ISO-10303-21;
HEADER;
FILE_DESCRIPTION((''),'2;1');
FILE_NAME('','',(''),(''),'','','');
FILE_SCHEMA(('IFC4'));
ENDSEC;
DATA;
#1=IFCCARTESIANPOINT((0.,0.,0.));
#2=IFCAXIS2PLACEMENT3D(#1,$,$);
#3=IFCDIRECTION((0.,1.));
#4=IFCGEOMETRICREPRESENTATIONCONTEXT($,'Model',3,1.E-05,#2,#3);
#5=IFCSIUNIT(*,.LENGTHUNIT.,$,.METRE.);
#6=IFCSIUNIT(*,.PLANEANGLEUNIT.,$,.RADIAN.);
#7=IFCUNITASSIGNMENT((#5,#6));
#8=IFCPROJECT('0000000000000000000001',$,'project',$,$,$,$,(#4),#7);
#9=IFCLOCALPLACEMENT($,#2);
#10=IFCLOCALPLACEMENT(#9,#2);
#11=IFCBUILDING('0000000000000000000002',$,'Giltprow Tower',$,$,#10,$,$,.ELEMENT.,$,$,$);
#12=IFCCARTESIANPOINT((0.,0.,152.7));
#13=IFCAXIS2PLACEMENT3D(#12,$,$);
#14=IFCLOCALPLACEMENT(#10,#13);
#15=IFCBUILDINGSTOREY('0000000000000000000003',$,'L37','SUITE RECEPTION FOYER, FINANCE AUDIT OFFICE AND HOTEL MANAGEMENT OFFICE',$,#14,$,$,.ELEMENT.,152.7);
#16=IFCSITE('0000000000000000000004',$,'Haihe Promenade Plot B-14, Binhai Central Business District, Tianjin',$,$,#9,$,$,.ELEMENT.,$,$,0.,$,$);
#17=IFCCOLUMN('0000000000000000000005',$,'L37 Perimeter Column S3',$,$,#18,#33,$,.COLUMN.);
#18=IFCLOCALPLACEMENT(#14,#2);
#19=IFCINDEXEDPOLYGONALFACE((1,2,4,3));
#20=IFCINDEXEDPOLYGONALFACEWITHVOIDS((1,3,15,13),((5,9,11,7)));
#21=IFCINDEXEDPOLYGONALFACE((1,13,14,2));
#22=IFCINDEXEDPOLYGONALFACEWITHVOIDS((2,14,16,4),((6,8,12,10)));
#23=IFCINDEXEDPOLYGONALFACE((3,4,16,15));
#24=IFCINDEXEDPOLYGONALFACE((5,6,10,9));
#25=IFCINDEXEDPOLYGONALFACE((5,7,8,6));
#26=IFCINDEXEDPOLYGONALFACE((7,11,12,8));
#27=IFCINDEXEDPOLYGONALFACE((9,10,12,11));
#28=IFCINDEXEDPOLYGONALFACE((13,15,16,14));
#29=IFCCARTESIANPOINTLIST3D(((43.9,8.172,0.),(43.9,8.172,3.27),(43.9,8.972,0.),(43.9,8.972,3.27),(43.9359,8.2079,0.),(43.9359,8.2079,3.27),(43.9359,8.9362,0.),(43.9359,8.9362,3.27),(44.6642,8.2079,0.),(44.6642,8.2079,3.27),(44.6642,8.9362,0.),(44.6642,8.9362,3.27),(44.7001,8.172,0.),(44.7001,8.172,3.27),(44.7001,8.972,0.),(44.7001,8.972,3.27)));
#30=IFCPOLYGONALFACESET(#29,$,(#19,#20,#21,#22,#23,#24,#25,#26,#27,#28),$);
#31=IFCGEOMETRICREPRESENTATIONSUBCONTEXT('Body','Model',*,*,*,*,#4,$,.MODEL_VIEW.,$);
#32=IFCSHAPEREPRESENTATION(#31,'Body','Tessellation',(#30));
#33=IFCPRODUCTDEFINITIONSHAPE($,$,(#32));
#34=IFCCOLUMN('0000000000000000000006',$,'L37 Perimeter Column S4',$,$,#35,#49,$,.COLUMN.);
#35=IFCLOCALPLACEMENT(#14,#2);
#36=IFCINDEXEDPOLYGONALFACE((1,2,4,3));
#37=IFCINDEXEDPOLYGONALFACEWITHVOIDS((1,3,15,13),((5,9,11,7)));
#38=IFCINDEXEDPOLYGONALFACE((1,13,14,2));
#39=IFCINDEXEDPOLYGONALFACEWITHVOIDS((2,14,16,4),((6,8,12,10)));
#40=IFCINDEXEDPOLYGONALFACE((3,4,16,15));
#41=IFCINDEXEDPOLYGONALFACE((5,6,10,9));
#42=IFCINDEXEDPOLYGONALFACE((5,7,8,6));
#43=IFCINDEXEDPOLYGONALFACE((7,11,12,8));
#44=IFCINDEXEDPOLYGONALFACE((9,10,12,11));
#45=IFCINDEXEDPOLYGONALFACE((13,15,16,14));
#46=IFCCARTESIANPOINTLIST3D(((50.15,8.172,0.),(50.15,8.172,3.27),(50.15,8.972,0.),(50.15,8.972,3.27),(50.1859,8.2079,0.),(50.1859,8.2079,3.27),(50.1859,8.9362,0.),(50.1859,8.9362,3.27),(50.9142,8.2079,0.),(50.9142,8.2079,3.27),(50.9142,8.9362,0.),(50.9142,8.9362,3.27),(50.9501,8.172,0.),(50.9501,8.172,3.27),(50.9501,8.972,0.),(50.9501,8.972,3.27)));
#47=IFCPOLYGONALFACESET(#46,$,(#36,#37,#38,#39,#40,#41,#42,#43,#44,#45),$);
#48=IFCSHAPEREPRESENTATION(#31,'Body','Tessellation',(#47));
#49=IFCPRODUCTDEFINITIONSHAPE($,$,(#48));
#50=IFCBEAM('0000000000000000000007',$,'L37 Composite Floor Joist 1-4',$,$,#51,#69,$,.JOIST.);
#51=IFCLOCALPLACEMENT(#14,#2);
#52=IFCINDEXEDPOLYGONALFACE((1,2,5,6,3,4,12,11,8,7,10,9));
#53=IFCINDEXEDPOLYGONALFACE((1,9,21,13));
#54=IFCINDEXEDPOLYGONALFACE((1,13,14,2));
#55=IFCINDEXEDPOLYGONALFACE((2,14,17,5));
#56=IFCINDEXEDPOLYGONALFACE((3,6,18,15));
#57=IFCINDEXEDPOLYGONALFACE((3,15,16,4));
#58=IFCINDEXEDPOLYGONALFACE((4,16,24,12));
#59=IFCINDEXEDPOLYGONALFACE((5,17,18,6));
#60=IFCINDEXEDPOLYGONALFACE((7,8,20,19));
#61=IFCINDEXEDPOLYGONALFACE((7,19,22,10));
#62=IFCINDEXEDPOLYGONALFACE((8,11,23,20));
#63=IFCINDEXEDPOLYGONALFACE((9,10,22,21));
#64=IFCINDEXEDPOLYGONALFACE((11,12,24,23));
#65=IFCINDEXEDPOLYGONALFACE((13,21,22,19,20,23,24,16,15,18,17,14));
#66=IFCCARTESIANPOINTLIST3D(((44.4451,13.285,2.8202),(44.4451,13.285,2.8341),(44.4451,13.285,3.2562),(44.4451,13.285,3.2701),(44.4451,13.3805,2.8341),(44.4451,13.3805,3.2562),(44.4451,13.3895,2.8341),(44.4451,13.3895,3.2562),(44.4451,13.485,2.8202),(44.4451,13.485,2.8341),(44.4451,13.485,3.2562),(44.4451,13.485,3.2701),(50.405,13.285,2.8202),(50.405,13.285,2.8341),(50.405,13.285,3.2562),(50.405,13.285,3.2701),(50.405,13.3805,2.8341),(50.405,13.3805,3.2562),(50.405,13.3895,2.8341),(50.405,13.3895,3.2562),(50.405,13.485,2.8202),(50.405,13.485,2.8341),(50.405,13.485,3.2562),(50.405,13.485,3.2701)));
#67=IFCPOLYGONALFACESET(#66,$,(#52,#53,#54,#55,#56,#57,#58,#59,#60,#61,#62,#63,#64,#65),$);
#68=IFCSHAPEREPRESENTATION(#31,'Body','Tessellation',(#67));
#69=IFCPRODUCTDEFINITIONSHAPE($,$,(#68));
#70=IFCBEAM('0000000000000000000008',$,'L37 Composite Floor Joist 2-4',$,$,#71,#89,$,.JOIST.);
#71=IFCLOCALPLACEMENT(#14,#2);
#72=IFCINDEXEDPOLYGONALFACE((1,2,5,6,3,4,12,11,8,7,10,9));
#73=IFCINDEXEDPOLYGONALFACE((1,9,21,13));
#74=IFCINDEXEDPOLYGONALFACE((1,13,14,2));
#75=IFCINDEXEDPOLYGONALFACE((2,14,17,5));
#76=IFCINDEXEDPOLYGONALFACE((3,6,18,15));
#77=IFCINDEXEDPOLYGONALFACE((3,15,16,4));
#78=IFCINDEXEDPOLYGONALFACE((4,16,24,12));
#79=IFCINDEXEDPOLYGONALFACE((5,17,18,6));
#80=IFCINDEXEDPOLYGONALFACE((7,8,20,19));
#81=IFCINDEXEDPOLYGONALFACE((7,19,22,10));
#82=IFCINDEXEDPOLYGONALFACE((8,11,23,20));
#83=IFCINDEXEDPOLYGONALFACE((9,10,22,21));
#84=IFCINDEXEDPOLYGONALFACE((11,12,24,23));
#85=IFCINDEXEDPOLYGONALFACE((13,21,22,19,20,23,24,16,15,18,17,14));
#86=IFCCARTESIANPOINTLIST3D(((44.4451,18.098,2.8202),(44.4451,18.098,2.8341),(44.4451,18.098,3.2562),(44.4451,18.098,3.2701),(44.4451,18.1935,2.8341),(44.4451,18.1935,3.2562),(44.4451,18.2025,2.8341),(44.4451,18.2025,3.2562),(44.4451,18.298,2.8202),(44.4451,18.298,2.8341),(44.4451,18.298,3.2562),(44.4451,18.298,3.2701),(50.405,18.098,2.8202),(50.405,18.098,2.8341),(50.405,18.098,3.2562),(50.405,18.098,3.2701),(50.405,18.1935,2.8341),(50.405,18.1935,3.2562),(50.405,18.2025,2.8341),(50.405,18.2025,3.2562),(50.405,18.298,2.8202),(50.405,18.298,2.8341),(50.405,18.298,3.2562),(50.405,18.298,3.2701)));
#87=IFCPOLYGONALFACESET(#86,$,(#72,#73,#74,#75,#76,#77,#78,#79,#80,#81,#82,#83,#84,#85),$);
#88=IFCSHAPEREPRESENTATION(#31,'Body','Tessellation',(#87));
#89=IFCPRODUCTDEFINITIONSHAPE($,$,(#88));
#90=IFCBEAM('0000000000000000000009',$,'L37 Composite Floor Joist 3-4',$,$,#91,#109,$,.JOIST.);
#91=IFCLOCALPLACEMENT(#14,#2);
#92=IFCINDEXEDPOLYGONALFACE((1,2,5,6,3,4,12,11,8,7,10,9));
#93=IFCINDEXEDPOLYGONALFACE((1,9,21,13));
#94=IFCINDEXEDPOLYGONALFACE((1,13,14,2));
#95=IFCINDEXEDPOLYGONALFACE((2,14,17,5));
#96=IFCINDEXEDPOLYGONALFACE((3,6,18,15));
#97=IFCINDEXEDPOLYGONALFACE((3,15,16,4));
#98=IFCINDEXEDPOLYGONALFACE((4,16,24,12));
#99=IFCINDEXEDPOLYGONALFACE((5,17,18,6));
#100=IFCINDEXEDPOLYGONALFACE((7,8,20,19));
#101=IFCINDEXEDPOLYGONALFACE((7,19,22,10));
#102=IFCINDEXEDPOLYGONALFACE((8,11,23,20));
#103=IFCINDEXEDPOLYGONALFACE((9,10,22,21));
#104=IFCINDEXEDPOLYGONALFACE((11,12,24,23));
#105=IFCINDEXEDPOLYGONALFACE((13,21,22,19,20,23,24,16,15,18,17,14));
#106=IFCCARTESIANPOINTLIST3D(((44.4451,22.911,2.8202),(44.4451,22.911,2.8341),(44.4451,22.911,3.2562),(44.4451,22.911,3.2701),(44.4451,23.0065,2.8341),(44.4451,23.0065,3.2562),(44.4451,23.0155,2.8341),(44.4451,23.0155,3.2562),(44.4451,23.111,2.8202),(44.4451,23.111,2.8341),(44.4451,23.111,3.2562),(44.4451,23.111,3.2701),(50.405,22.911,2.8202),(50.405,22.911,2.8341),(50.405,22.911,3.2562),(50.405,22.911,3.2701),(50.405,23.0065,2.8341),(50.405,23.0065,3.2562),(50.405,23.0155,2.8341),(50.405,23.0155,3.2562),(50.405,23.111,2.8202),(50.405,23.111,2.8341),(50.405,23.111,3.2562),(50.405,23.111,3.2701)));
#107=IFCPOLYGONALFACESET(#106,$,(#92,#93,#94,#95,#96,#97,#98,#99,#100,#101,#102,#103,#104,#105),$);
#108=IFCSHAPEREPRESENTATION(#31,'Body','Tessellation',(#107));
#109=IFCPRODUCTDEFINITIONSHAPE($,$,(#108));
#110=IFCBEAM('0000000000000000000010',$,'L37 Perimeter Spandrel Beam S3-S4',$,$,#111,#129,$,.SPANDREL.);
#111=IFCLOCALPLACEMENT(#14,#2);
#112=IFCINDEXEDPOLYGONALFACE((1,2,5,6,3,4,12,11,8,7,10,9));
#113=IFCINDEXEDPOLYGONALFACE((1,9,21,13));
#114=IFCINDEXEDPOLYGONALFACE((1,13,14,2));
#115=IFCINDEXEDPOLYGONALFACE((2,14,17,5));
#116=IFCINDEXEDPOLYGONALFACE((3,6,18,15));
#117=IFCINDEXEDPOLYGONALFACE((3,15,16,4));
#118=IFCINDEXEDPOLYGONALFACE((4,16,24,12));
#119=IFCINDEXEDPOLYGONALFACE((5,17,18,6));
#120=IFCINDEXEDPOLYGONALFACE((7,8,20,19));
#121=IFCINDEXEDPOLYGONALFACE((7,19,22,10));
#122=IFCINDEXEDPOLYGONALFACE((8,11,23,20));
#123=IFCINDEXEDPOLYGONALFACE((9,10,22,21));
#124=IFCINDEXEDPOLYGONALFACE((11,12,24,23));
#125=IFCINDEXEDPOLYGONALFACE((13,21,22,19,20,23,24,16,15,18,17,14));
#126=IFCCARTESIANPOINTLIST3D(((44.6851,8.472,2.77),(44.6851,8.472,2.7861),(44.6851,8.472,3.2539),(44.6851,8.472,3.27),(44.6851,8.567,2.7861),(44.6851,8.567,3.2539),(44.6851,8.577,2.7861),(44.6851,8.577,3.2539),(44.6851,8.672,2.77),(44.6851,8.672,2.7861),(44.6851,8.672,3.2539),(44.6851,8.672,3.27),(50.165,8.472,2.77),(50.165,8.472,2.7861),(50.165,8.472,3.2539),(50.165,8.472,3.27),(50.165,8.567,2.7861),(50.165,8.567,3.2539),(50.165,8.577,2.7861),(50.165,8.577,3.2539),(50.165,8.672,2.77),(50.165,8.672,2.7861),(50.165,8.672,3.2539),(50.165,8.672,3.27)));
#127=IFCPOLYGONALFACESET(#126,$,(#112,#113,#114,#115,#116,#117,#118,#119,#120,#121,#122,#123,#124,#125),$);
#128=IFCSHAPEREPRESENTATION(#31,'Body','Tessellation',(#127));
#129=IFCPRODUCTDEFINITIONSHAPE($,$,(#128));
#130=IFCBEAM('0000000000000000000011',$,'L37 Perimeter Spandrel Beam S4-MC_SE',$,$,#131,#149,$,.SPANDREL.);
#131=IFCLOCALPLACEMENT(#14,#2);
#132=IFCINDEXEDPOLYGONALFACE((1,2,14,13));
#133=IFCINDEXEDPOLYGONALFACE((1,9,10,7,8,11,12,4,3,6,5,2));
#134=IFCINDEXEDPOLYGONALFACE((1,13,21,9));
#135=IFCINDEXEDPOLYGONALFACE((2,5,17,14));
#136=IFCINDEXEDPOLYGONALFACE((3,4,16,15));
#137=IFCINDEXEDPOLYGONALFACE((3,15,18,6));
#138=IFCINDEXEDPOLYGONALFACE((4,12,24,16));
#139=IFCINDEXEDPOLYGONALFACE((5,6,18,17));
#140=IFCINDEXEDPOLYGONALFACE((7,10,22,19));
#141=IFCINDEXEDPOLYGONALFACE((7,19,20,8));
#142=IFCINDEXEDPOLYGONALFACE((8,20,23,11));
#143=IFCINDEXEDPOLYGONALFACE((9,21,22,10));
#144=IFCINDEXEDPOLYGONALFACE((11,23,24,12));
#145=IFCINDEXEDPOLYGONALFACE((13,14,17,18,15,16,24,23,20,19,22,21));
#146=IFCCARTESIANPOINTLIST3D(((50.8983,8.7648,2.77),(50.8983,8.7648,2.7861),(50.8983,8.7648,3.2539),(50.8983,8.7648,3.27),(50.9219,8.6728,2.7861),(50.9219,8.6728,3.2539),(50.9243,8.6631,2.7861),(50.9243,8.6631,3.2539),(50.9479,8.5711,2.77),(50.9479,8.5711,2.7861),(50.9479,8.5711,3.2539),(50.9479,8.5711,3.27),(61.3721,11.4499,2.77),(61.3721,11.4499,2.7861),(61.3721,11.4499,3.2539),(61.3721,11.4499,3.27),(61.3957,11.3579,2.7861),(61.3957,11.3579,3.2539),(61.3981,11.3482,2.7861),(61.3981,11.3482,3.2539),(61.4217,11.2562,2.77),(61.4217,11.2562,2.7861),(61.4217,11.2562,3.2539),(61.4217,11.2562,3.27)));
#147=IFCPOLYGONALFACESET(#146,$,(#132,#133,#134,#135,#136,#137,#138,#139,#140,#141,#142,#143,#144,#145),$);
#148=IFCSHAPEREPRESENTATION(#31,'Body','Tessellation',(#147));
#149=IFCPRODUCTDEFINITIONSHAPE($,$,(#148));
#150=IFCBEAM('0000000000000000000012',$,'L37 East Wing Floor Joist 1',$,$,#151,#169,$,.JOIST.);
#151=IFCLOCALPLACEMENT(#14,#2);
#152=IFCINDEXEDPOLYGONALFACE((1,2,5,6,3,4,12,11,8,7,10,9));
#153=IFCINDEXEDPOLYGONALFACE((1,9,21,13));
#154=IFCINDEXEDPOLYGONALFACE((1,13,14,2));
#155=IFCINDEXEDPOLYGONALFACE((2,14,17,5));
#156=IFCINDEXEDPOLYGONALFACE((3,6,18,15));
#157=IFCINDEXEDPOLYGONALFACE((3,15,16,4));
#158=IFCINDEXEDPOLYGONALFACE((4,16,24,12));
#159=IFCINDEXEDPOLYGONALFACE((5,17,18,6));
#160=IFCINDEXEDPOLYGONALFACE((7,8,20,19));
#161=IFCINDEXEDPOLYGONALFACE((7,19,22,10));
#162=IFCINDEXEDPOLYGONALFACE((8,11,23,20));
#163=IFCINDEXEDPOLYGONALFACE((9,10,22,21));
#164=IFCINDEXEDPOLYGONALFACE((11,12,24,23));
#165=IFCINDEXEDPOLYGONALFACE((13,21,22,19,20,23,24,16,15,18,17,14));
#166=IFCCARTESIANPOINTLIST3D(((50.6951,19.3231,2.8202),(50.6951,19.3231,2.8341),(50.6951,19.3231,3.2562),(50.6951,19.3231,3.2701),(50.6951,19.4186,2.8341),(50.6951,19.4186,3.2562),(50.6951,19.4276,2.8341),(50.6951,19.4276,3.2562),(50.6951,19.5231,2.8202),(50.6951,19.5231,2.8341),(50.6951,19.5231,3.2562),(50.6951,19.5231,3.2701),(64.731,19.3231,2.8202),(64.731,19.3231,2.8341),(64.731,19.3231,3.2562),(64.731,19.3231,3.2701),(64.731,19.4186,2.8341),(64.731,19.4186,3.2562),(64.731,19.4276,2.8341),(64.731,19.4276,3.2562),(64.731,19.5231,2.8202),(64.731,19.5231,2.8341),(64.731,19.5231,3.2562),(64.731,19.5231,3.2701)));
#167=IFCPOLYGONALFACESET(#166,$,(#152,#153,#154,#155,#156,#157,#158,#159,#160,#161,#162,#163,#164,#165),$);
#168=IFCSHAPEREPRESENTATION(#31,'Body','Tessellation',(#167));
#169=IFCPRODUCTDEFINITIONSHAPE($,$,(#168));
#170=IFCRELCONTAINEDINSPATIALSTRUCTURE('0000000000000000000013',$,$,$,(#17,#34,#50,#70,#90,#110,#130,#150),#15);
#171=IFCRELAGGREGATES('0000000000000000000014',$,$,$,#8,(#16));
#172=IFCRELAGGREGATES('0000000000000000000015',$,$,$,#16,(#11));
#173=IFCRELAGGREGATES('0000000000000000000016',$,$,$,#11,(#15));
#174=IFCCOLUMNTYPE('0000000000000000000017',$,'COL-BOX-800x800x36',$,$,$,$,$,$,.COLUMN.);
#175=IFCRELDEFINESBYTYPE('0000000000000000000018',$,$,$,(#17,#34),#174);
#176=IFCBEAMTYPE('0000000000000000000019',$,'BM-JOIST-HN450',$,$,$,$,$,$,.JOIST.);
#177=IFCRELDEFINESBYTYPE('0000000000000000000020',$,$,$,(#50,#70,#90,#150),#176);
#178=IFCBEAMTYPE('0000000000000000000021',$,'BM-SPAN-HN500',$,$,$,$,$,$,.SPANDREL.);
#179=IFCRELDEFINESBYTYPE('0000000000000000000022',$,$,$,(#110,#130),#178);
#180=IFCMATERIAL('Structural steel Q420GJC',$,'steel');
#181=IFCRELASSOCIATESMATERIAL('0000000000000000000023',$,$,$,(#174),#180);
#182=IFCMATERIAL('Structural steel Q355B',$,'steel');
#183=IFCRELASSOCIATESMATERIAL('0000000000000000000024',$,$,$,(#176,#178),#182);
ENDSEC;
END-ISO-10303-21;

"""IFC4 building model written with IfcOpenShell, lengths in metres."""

from ifc_helpers import new_model, si_unit, direction, frame, origin, origin_2d, place, context, subcontext, project, spatial, hollow_rectangle, i_section, extrude, source, transform, mapped, material, material_profile, profile_set, type_object, element, save


model = new_model("IFC4")

# Units and contexts
model_context = context("Model", 3, precision=1e-05, world=origin(), true_north=direction((0.0, 1.0)))
body_context = subcontext(model_context, "Body", "Model", "MODEL_VIEW")
ifc_project = project(units=[si_unit("LENGTHUNIT", "METRE"), si_unit("PLANEANGLEUNIT", "RADIAN")], contexts=[model_context])

# Site, building, storey
site_placement = place(None, origin())
site = spatial("IfcSite", under=ifc_project, at=site_placement, Name="Haihe Promenade Plot B-14, Binhai Central Business District, Tianjin", CompositionType="ELEMENT", RefElevation=0.0)
building_placement = place(site_placement, origin())
building = spatial("IfcBuilding", under=site, at=building_placement, Name="Giltprow Tower", CompositionType="ELEMENT")
storey_placement = place(building_placement, frame((0.0, 0.0, 152.7)))
storey = spatial("IfcBuildingStorey", under=building, at=storey_placement, Name="L37", Description="SUITE RECEPTION FOYER, FINANCE AUDIT OFFICE AND HOTEL MANAGEMENT OFFICE", CompositionType="ELEMENT", Elevation=152.7)

# Columns
ifc_material_1 = material(Name="Structural steel Q420GJC", Category="steel")
ifc_material_profile_1 = material_profile(ifc_material_1, hollow_rectangle(XDim=0.8, YDim=0.8, WallThickness=0.0359, at=origin_2d()), Name="BOX 800x800x36")
ifc_profile_set_1 = profile_set([ifc_material_profile_1], Name="Structural steel Q420GJC")
column_type = type_object("IfcColumnType", Name="COL-BOX-800x800x36", PredefinedType="COLUMN", material=ifc_profile_set_1)
shared_shape_1 = source(origin(), body_context, "Body", "SweptSolid", [
    extrude(hollow_rectangle(XDim=0.8, YDim=0.8, WallThickness=0.0359, at=origin_2d()), origin(), (0.0, 0.0, 1.0), 3.27),
])
for number, where, z_axis, x_axis, name in (
    (1, (44.3, 8.572, 0.0), (0.0, 0.0, 1.0), (1.0, 0.0, 0.0), "L37 Perimeter Column S3"),
    (2, (50.55, 8.572, 0.0), (0.0, 0.0, 1.0), (1.0, 0.0, 0.0), "L37 Perimeter Column S4"),
):
    element("IfcColumn", number, at=place(storey_placement, frame(where, z_axis=z_axis, x_axis=x_axis)), inside=storey, type_object=column_type, Name=name, PredefinedType="COLUMN", context=body_context, shape_type="MappedRepresentation", body=[
        mapped(shared_shape_1, transform((0.0, 0.0, 0.0), x_axis=(1.0, 0.0, 0.0), y_axis=(0.0, 1.0, 0.0), z_axis=(0.0, 0.0, 1.0), scale=1.0)),
    ])

# Beams
ifc_material_2 = material(Name="Structural steel Q355B", Category="steel")
ifc_material_profile_2 = material_profile(ifc_material_2, i_section(OverallWidth=0.2, OverallDepth=0.45, WebThickness=0.009, FlangeThickness=0.0139, at=origin_2d()), Name="HN 450x200x9x14")
ifc_profile_set_2 = profile_set([ifc_material_profile_2], Name="Structural steel Q355B")
beam_type_1 = type_object("IfcBeamType", Name="BM-JOIST-HN450", PredefinedType="JOIST", material=ifc_profile_set_2)
shared_shape_2 = source(origin(), body_context, "Body", "SweptSolid", [
    extrude(i_section(OverallWidth=0.2, OverallDepth=0.45, WebThickness=0.009, FlangeThickness=0.0139, at=origin_2d()), origin(), (0.0, 0.0, 1.0), 5.96),
])
for number, where, z_axis, x_axis, name in (
    (3, (44.4451, 13.385, 3.0452), (1.0, 0.0, 0.0), (0.0, 1.0, 0.0), "L37 Composite Floor Joist 1-4"),
    (4, (44.4451, 18.198, 3.0452), (1.0, 0.0, 0.0), (0.0, 1.0, 0.0), "L37 Composite Floor Joist 2-4"),
    (5, (44.4451, 23.011, 3.0452), (1.0, 0.0, 0.0), (0.0, 1.0, 0.0), "L37 Composite Floor Joist 3-4"),
):
    element("IfcBeam", number, at=place(storey_placement, frame(where, z_axis=z_axis, x_axis=x_axis)), inside=storey, type_object=beam_type_1, Name=name, PredefinedType="JOIST", context=body_context, shape_type="MappedRepresentation", body=[
        mapped(shared_shape_2, transform((0.0, 0.0, 0.0), x_axis=(1.0, 0.0, 0.0), y_axis=(0.0, 1.0, 0.0), z_axis=(0.0, 0.0, 1.0), scale=1.0)),
    ])
ifc_material_profile_3 = material_profile(ifc_material_2, i_section(OverallWidth=0.2, OverallDepth=0.5, WebThickness=0.01, FlangeThickness=0.0161, at=origin_2d()), Name="HN 500x200x10x16")
ifc_profile_set_3 = profile_set([ifc_material_profile_3], Name="Structural steel Q355B")
beam_type_2 = type_object("IfcBeamType", Name="BM-SPAN-HN500", PredefinedType="SPANDREL", material=ifc_profile_set_3)
shared_shape_3 = source(origin(), body_context, "Body", "SweptSolid", [
    extrude(i_section(OverallWidth=0.2, OverallDepth=0.5, WebThickness=0.01, FlangeThickness=0.0161, at=origin_2d()), origin(), (0.0, 0.0, 1.0), 5.48),
])
beam_1_placement = place(storey_placement, frame((44.6851, 8.572, 3.02), z_axis=(1.0, 0.0, 0.0), x_axis=(0.0, 1.0, 0.0)))
element("IfcBeam", 6, at=beam_1_placement, inside=storey, type_object=beam_type_2, Name="L37 Perimeter Spandrel Beam S3-S4", PredefinedType="SPANDREL", context=body_context, shape_type="MappedRepresentation", body=[
    mapped(shared_shape_3, transform((0.0, 0.0, 0.0), x_axis=(1.0, 0.0, 0.0), y_axis=(0.0, 1.0, 0.0), z_axis=(0.0, 0.0, 1.0), scale=1.0)),
])
shared_shape_4 = source(origin(), body_context, "Body", "SweptSolid", [
    extrude(i_section(OverallWidth=0.2, OverallDepth=0.5, WebThickness=0.01, FlangeThickness=0.0161, at=origin_2d()), origin(), (0.0, 0.0, 1.0), 10.8125),
])
beam_2_placement = place(storey_placement, frame((50.9231, 8.668, 3.02), z_axis=(0.968676, 0.248328, 0.0), x_axis=(-0.248328, 0.968676, 0.0)))
element("IfcBeam", 7, at=beam_2_placement, inside=storey, type_object=beam_type_2, Name="L37 Perimeter Spandrel Beam S4-MC_SE", PredefinedType="SPANDREL", context=body_context, shape_type="MappedRepresentation", body=[
    mapped(shared_shape_4, transform((0.0, 0.0, 0.0), x_axis=(1.0, 0.0, 0.0), y_axis=(0.0, 1.0, 0.0), z_axis=(0.0, 0.0, 1.0), scale=1.0)),
])
shared_shape_5 = source(origin(), body_context, "Body", "SweptSolid", [
    extrude(i_section(OverallWidth=0.2, OverallDepth=0.45, WebThickness=0.009, FlangeThickness=0.0139, at=origin_2d()), origin(), (0.0, 0.0, 1.0), 14.0359),
])
beam_3_placement = place(storey_placement, frame((50.6951, 19.4231, 3.0452), z_axis=(1.0, 0.0, 0.0), x_axis=(0.0, 1.0, 0.0)))
element("IfcBeam", 8, at=beam_3_placement, inside=storey, type_object=beam_type_1, Name="L37 East Wing Floor Joist 1", PredefinedType="JOIST", context=body_context, shape_type="MappedRepresentation", body=[
    mapped(shared_shape_5, transform((0.0, 0.0, 0.0), x_axis=(1.0, 0.0, 0.0), y_axis=(0.0, 1.0, 0.0), z_axis=(0.0, 0.0, 1.0), scale=1.0)),
])

save(model, "model.ifc")
